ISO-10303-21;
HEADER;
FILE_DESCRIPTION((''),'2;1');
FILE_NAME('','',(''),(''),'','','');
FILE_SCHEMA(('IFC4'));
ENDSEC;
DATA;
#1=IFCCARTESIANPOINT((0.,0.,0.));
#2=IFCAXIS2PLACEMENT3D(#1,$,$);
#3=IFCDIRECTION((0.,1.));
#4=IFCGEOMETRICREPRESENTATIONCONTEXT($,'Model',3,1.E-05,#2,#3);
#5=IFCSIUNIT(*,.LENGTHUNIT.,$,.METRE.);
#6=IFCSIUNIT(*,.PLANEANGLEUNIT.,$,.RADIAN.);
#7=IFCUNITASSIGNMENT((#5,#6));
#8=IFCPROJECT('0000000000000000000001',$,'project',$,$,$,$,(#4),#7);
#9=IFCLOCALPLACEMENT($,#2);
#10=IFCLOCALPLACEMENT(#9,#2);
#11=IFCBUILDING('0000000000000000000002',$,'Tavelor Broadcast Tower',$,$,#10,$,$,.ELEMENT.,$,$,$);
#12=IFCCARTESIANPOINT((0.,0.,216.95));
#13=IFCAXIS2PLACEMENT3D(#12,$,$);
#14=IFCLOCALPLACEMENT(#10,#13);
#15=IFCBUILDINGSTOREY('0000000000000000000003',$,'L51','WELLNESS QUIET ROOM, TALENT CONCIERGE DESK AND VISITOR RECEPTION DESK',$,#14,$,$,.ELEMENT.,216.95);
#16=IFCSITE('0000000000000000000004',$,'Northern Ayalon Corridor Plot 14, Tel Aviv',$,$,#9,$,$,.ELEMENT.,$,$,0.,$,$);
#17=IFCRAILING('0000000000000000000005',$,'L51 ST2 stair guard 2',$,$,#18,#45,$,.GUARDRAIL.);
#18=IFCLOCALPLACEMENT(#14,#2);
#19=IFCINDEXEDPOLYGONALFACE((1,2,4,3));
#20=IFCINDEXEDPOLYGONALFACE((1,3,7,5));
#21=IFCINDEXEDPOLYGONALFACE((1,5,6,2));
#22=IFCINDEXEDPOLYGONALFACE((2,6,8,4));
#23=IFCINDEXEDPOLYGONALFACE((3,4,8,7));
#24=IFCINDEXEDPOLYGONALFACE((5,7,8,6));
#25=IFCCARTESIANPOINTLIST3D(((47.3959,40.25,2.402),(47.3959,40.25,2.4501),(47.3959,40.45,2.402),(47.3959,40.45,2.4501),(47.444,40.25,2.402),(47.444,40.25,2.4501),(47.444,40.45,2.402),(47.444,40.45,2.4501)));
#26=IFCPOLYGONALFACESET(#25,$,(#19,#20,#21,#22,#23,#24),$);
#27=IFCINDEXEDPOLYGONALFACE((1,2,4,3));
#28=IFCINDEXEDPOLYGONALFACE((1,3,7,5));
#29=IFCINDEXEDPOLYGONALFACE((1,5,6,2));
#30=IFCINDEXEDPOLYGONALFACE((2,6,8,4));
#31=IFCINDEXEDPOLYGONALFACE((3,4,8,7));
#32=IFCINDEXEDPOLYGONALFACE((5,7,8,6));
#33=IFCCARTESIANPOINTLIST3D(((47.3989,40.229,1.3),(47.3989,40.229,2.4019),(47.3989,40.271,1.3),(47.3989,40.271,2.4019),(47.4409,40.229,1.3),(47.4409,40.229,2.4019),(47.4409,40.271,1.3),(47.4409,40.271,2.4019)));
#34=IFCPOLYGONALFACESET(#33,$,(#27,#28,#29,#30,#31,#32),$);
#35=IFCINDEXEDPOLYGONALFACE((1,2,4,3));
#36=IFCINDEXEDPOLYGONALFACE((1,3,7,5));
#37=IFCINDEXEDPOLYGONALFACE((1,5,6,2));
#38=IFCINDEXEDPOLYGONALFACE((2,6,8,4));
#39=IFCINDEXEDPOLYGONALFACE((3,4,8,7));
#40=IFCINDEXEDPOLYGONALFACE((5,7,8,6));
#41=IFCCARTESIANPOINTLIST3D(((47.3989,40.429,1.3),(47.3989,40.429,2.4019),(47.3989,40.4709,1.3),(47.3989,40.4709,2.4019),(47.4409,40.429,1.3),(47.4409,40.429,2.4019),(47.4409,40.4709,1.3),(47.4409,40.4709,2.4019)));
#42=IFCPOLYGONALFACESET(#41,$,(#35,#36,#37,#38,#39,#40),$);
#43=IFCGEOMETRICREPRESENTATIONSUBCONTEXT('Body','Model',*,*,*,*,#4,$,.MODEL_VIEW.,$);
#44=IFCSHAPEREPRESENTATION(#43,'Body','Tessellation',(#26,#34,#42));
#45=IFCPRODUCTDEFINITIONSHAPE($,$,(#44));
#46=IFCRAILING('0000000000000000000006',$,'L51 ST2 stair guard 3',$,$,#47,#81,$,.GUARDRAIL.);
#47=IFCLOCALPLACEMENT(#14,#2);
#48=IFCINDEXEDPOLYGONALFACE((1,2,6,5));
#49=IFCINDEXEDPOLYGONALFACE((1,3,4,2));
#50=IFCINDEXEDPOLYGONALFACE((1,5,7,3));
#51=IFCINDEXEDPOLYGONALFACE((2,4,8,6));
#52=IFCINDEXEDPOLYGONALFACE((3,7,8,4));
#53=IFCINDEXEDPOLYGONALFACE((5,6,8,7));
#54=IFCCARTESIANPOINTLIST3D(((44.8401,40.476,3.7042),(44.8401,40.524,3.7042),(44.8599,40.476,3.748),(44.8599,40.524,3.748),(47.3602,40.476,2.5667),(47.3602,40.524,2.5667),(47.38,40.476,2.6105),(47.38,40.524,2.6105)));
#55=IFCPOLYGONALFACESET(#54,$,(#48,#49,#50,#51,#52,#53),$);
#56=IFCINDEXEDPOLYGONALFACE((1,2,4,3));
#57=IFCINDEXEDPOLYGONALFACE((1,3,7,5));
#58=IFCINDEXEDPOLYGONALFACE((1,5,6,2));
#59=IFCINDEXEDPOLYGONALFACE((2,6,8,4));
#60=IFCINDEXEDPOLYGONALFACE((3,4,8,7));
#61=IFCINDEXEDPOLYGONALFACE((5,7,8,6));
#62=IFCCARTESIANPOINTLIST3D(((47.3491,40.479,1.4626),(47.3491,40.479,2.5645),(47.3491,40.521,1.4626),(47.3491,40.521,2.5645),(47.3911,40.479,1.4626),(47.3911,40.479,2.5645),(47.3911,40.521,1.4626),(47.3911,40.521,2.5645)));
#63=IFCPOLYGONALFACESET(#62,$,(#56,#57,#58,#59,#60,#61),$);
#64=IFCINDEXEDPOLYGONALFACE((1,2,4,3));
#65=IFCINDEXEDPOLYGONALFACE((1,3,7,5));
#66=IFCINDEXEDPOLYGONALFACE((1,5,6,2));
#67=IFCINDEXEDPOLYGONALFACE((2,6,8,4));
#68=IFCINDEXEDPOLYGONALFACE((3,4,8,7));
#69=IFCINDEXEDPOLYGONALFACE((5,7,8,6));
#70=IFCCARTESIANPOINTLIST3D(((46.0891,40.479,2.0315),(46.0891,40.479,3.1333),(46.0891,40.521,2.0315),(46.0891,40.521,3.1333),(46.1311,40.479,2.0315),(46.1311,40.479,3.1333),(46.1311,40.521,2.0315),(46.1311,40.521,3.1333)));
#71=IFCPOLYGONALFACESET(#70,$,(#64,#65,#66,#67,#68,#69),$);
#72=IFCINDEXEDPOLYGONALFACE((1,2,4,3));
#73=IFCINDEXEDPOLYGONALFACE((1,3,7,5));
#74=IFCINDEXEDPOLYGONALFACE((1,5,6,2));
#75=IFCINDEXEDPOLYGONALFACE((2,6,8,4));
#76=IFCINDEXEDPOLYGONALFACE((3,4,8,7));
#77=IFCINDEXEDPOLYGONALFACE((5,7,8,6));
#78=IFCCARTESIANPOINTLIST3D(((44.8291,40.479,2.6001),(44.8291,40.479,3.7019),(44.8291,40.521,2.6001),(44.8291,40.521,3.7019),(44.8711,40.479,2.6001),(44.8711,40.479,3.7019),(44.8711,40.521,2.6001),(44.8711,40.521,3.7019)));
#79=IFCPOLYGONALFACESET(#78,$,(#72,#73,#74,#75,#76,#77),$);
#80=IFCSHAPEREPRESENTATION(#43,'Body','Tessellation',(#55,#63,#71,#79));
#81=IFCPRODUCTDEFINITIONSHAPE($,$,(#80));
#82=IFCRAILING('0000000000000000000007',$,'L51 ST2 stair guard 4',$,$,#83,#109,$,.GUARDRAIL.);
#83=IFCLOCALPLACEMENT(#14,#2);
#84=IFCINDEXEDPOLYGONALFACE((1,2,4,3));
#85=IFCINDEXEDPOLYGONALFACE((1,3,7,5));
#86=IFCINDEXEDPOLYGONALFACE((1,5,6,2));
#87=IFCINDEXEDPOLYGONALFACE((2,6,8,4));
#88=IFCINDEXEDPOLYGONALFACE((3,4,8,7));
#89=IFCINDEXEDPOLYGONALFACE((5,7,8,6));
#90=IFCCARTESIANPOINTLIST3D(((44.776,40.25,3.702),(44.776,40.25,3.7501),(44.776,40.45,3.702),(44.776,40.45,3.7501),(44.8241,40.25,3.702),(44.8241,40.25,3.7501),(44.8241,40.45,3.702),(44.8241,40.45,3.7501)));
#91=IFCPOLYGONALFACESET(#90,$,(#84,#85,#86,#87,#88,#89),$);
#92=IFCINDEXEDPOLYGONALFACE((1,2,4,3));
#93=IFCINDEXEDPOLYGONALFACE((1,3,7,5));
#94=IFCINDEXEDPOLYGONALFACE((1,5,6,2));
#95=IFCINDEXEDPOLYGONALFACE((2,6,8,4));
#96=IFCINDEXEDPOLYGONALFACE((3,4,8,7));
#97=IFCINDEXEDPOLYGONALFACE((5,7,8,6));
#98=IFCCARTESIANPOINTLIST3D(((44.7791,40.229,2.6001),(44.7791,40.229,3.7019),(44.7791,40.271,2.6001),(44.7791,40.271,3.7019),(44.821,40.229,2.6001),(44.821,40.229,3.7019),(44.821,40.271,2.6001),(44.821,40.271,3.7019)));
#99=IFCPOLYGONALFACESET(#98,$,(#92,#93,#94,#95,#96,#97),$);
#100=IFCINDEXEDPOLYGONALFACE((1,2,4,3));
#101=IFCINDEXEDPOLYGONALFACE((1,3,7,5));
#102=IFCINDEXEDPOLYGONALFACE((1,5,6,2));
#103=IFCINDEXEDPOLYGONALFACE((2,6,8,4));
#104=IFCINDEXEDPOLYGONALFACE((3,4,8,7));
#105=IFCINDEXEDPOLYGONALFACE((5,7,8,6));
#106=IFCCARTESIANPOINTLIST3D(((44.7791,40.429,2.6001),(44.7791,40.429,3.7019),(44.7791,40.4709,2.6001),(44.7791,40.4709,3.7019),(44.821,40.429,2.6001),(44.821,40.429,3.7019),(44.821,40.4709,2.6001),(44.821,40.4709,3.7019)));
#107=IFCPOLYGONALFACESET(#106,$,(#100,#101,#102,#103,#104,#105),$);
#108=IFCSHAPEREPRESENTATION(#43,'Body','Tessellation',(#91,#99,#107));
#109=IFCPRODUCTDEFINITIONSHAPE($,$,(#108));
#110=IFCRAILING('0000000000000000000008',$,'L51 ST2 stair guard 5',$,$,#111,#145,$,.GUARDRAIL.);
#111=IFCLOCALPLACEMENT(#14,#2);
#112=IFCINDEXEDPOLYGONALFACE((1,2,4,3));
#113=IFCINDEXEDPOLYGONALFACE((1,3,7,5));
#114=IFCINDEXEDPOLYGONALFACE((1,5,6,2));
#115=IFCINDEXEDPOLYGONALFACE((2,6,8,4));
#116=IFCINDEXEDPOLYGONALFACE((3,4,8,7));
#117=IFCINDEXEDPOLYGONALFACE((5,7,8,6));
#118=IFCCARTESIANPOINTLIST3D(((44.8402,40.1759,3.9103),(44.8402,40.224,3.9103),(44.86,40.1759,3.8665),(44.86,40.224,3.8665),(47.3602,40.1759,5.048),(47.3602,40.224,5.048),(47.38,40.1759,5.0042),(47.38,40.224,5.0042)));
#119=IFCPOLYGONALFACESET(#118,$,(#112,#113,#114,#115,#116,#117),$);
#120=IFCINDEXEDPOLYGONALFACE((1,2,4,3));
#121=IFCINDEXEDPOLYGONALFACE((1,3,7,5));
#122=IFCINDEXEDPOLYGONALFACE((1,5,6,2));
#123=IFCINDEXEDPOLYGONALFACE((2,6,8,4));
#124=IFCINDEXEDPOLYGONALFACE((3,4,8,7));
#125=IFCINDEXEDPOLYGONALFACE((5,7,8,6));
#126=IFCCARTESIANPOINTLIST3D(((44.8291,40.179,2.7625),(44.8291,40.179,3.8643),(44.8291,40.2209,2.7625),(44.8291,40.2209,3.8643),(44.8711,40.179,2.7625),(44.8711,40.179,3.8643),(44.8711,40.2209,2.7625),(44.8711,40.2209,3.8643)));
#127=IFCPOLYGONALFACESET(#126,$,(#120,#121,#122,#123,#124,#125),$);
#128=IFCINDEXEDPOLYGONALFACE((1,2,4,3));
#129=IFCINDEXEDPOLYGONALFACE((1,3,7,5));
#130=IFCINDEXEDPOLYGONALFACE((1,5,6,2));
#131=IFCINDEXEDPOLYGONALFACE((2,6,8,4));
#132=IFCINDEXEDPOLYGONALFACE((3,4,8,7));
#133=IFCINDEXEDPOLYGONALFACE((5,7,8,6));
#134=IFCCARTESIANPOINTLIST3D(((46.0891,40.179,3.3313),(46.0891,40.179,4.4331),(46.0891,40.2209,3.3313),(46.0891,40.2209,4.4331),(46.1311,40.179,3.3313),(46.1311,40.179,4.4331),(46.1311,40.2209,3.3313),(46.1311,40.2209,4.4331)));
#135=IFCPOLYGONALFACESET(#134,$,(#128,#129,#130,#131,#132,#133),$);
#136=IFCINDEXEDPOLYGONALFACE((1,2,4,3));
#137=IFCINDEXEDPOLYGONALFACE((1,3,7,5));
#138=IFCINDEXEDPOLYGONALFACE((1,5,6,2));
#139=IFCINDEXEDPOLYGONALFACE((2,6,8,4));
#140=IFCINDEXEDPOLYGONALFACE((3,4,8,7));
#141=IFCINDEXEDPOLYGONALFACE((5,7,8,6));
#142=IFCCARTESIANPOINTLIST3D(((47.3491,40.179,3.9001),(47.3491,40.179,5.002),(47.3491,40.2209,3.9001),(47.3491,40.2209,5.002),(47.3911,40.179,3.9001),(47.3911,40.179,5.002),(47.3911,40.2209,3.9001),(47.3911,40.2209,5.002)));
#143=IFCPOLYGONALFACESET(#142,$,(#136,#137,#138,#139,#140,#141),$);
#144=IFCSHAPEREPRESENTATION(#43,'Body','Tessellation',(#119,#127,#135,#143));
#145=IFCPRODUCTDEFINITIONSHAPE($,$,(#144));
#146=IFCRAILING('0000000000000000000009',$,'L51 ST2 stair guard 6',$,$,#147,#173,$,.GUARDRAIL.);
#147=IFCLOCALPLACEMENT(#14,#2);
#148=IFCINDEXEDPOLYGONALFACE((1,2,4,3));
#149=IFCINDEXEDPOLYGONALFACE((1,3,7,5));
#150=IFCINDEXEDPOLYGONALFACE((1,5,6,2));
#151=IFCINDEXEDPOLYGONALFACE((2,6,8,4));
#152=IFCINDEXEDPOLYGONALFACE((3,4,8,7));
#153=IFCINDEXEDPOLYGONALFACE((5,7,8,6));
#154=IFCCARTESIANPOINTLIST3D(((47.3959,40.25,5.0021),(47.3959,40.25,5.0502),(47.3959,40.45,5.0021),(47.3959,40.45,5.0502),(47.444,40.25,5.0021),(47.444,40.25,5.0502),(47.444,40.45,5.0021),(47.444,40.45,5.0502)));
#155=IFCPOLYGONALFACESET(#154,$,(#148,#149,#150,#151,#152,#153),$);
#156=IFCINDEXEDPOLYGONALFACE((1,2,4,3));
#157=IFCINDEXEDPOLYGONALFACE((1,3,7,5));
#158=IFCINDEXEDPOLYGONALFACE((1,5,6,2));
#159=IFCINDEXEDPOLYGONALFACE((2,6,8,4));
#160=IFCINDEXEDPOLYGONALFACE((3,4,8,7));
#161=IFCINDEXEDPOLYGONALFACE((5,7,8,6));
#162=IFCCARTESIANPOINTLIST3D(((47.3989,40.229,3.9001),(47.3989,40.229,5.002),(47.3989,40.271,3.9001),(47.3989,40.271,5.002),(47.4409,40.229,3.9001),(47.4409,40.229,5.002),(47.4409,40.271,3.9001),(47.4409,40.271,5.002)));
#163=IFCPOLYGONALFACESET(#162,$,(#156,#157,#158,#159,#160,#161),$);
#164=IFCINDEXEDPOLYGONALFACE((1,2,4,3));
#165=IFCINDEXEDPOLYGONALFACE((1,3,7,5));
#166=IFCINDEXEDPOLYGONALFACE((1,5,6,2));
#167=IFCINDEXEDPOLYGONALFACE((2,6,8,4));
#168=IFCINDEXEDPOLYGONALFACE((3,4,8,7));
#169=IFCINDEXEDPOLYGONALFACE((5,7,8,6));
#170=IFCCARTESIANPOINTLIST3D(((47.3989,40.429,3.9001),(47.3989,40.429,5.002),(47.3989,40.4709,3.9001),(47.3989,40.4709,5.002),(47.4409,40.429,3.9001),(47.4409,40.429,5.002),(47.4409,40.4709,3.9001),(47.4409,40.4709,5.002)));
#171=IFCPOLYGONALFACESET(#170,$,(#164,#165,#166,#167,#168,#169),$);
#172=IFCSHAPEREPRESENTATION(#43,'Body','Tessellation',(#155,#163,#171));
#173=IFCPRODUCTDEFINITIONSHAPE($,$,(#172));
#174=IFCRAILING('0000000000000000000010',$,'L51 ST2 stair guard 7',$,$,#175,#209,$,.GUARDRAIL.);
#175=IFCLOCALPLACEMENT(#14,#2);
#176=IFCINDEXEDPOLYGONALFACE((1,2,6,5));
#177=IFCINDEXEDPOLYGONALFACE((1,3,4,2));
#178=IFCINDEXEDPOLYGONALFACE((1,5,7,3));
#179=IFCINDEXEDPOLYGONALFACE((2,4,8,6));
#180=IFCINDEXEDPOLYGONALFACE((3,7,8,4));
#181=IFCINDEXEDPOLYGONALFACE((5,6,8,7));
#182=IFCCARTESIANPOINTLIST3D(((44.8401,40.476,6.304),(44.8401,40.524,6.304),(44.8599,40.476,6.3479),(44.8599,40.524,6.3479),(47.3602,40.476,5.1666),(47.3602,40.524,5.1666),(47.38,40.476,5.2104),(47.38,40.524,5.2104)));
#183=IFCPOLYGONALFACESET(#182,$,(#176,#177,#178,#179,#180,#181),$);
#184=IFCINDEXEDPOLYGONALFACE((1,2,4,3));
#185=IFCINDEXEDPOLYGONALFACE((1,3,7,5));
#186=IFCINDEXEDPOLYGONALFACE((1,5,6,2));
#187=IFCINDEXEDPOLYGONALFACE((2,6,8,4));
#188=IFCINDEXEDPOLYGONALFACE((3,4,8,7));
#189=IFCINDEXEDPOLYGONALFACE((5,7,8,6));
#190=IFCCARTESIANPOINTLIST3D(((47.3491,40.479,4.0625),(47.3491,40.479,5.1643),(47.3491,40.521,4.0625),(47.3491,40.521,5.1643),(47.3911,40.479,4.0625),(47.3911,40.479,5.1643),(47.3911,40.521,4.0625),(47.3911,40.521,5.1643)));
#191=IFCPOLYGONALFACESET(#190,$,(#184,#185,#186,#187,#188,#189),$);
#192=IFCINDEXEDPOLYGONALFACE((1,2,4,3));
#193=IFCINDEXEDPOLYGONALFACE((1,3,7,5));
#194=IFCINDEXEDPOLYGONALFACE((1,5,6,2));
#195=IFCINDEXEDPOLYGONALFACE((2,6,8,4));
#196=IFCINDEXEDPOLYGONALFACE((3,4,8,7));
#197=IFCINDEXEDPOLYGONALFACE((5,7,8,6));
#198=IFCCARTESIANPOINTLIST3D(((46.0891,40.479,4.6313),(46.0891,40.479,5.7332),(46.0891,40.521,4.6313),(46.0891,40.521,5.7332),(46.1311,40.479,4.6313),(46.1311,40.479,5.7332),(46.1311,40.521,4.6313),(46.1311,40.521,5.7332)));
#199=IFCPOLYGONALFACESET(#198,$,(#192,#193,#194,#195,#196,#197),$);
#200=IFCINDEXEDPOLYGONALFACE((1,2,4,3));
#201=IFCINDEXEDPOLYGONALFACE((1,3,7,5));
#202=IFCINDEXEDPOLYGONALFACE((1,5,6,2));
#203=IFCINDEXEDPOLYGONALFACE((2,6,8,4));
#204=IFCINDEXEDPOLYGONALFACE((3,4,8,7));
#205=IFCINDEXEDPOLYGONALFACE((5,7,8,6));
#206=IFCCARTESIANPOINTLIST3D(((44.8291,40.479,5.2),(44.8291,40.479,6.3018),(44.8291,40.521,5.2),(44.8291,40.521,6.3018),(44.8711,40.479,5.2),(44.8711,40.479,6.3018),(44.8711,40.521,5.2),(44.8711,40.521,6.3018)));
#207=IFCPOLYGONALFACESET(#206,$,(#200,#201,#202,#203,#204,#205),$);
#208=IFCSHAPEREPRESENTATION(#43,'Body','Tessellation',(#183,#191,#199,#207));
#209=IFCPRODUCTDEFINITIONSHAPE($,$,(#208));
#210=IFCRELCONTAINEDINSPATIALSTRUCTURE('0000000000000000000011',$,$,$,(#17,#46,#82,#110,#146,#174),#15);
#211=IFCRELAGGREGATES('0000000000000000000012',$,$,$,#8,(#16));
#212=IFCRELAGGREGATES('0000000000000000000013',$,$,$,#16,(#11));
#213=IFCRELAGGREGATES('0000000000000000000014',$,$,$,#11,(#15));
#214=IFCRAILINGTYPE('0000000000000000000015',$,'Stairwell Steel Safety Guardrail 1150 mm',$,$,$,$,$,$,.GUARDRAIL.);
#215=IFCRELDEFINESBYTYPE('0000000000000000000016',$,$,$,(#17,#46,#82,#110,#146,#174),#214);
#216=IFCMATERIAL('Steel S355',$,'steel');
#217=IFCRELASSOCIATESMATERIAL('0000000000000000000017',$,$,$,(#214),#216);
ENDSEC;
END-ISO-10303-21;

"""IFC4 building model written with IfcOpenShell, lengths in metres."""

from ifc_helpers import new_model, si_unit, direction, frame, origin, origin_2d, place, context, subcontext, project, spatial, rectangle, extrude, material, type_object, element, save


model = new_model("IFC4")

# Units and contexts
model_context = context("Model", 3, precision=1e-05, world=origin(), true_north=direction((0.0, 1.0)))
body_context = subcontext(model_context, "Body", "Model", "MODEL_VIEW")
ifc_project = project(units=[si_unit("LENGTHUNIT", "METRE"), si_unit("PLANEANGLEUNIT", "RADIAN")], contexts=[model_context])

# Site, building, storey
site_placement = place(None, origin())
site = spatial("IfcSite", under=ifc_project, at=site_placement, Name="Northern Ayalon Corridor Plot 14, Tel Aviv", CompositionType="ELEMENT", RefElevation=0.0)
building_placement = place(site_placement, origin())
building = spatial("IfcBuilding", under=site, at=building_placement, Name="Tavelor Broadcast Tower", CompositionType="ELEMENT")
storey_placement = place(building_placement, frame((0.0, 0.0, 216.95)))
storey = spatial("IfcBuildingStorey", under=building, at=storey_placement, Name="L51", Description="WELLNESS QUIET ROOM, TALENT CONCIERGE DESK AND VISITOR RECEPTION DESK", CompositionType="ELEMENT", Elevation=216.95)

# Shared definitions
ifc_material_1 = material(Name="Steel S355", Category="steel")

# Railings
railing_type_1 = type_object("IfcRailingType", Name="Stairwell Steel Safety Guardrail 1150 mm", PredefinedType="GUARDRAIL", material=ifc_material_1)
railing_1_placement = place(storey_placement, frame((47.4199, 40.25, 1.3)))
element("IfcRailing", 1, at=railing_1_placement, inside=storey, type_object=railing_type_1, Name="L51 ST2 stair guard 2", PredefinedType="GUARDRAIL", context=body_context, shape_type="SweptSolid", body=[
    extrude(rectangle(XDim=0.0481, YDim=0.0481, at=origin_2d()), frame((0.0, 0.0, 1.126), z_axis=(0.0, 1.0, 0.0), x_axis=(-1.0, 0.0, 0.0)), (0.0, 0.0, 1.0), 0.2),
    extrude(rectangle(XDim=0.042, YDim=0.042, at=origin_2d()), origin(), (0.0, 0.0, 1.0), 1.1018),
    extrude(rectangle(XDim=0.042, YDim=0.042, at=origin_2d()), frame((0.0, 0.2, 0.0)), (0.0, 0.0, 1.0), 1.1018),
])
railing_2_placement = place(storey_placement, frame((47.3701, 40.5, 1.4626)))
element("IfcRailing", 2, at=railing_2_placement, inside=storey, type_object=railing_type_1, Name="L51 ST2 stair guard 3", PredefinedType="GUARDRAIL", context=body_context, shape_type="SweptSolid", body=[
    extrude(rectangle(XDim=0.0481, YDim=0.0481, at=origin_2d()), frame((0.0, 0.0, 1.126), z_axis=(-0.911455, 0.0, 0.4114), x_axis=(0.0, -1.0, 0.0)), (0.0, 0.0, 1.0), 2.7649),
    extrude(rectangle(XDim=0.042, YDim=0.042, at=origin_2d()), origin(), (0.0, 0.0, 1.0), 1.1018),
    extrude(rectangle(XDim=0.042, YDim=0.042, at=origin_2d()), frame((-1.26, 0.0, 0.5688)), (0.0, 0.0, 1.0), 1.1018),
    extrude(rectangle(XDim=0.042, YDim=0.042, at=origin_2d()), frame((-2.52, 0.0, 1.1375)), (0.0, 0.0, 1.0), 1.1018),
])
railing_3_placement = place(storey_placement, frame((44.8, 40.25, 2.6001)))
element("IfcRailing", 3, at=railing_3_placement, inside=storey, type_object=railing_type_1, Name="L51 ST2 stair guard 4", PredefinedType="GUARDRAIL", context=body_context, shape_type="SweptSolid", body=[
    extrude(rectangle(XDim=0.0481, YDim=0.0481, at=origin_2d()), frame((0.0, 0.0, 1.126), z_axis=(0.0, 1.0, 0.0), x_axis=(-1.0, 0.0, 0.0)), (0.0, 0.0, 1.0), 0.2),
    extrude(rectangle(XDim=0.042, YDim=0.042, at=origin_2d()), origin(), (0.0, 0.0, 1.0), 1.1018),
    extrude(rectangle(XDim=0.042, YDim=0.042, at=origin_2d()), frame((0.0, 0.2, 0.0)), (0.0, 0.0, 1.0), 1.1018),
])
railing_4_placement = place(storey_placement, frame((44.8501, 40.2, 2.7625)))
element("IfcRailing", 4, at=railing_4_placement, inside=storey, type_object=railing_type_1, Name="L51 ST2 stair guard 5", PredefinedType="GUARDRAIL", context=body_context, shape_type="SweptSolid", body=[
    extrude(rectangle(XDim=0.0481, YDim=0.0481, at=origin_2d()), frame((0.0, 0.0, 1.126), z_axis=(0.911422, 0.0, 0.411473), x_axis=(0.0, 1.0, 0.0)), (0.0, 0.0, 1.0), 2.7649),
    extrude(rectangle(XDim=0.042, YDim=0.042, at=origin_2d()), origin(), (0.0, 0.0, 1.0), 1.1018),
    extrude(rectangle(XDim=0.042, YDim=0.042, at=origin_2d()), frame((1.26, 0.0, 0.5688)), (0.0, 0.0, 1.0), 1.1018),
    extrude(rectangle(XDim=0.042, YDim=0.042, at=origin_2d()), frame((2.52, 0.0, 1.1377)), (0.0, 0.0, 1.0), 1.1018),
])
railing_5_placement = place(storey_placement, frame((47.4199, 40.25, 3.9001)))
element("IfcRailing", 5, at=railing_5_placement, inside=storey, type_object=railing_type_1, Name="L51 ST2 stair guard 6", PredefinedType="GUARDRAIL", context=body_context, shape_type="SweptSolid", body=[
    extrude(rectangle(XDim=0.0481, YDim=0.0481, at=origin_2d()), frame((0.0, 0.0, 1.126), z_axis=(0.0, 1.0, 0.0), x_axis=(-1.0, 0.0, 0.0)), (0.0, 0.0, 1.0), 0.2),
    extrude(rectangle(XDim=0.042, YDim=0.042, at=origin_2d()), origin(), (0.0, 0.0, 1.0), 1.1018),
    extrude(rectangle(XDim=0.042, YDim=0.042, at=origin_2d()), frame((0.0, 0.2, 0.0)), (0.0, 0.0, 1.0), 1.1018),
])
railing_6_placement = place(storey_placement, frame((47.3701, 40.5, 4.0625)))
element("IfcRailing", 6, at=railing_6_placement, inside=storey, type_object=railing_type_1, Name="L51 ST2 stair guard 7", PredefinedType="GUARDRAIL", context=body_context, shape_type="SweptSolid", body=[
    extrude(rectangle(XDim=0.0481, YDim=0.0481, at=origin_2d()), frame((0.0, 0.0, 1.126), z_axis=(-0.911455, 0.0, 0.4114), x_axis=(0.0, -1.0, 0.0)), (0.0, 0.0, 1.0), 2.7649),
    extrude(rectangle(XDim=0.042, YDim=0.042, at=origin_2d()), origin(), (0.0, 0.0, 1.0), 1.1018),
    extrude(rectangle(XDim=0.042, YDim=0.042, at=origin_2d()), frame((-1.26, 0.0, 0.5688)), (0.0, 0.0, 1.0), 1.1018),
    extrude(rectangle(XDim=0.042, YDim=0.042, at=origin_2d()), frame((-2.52, 0.0, 1.1375)), (0.0, 0.0, 1.0), 1.1018),
])

save(model, "model.ifc")
